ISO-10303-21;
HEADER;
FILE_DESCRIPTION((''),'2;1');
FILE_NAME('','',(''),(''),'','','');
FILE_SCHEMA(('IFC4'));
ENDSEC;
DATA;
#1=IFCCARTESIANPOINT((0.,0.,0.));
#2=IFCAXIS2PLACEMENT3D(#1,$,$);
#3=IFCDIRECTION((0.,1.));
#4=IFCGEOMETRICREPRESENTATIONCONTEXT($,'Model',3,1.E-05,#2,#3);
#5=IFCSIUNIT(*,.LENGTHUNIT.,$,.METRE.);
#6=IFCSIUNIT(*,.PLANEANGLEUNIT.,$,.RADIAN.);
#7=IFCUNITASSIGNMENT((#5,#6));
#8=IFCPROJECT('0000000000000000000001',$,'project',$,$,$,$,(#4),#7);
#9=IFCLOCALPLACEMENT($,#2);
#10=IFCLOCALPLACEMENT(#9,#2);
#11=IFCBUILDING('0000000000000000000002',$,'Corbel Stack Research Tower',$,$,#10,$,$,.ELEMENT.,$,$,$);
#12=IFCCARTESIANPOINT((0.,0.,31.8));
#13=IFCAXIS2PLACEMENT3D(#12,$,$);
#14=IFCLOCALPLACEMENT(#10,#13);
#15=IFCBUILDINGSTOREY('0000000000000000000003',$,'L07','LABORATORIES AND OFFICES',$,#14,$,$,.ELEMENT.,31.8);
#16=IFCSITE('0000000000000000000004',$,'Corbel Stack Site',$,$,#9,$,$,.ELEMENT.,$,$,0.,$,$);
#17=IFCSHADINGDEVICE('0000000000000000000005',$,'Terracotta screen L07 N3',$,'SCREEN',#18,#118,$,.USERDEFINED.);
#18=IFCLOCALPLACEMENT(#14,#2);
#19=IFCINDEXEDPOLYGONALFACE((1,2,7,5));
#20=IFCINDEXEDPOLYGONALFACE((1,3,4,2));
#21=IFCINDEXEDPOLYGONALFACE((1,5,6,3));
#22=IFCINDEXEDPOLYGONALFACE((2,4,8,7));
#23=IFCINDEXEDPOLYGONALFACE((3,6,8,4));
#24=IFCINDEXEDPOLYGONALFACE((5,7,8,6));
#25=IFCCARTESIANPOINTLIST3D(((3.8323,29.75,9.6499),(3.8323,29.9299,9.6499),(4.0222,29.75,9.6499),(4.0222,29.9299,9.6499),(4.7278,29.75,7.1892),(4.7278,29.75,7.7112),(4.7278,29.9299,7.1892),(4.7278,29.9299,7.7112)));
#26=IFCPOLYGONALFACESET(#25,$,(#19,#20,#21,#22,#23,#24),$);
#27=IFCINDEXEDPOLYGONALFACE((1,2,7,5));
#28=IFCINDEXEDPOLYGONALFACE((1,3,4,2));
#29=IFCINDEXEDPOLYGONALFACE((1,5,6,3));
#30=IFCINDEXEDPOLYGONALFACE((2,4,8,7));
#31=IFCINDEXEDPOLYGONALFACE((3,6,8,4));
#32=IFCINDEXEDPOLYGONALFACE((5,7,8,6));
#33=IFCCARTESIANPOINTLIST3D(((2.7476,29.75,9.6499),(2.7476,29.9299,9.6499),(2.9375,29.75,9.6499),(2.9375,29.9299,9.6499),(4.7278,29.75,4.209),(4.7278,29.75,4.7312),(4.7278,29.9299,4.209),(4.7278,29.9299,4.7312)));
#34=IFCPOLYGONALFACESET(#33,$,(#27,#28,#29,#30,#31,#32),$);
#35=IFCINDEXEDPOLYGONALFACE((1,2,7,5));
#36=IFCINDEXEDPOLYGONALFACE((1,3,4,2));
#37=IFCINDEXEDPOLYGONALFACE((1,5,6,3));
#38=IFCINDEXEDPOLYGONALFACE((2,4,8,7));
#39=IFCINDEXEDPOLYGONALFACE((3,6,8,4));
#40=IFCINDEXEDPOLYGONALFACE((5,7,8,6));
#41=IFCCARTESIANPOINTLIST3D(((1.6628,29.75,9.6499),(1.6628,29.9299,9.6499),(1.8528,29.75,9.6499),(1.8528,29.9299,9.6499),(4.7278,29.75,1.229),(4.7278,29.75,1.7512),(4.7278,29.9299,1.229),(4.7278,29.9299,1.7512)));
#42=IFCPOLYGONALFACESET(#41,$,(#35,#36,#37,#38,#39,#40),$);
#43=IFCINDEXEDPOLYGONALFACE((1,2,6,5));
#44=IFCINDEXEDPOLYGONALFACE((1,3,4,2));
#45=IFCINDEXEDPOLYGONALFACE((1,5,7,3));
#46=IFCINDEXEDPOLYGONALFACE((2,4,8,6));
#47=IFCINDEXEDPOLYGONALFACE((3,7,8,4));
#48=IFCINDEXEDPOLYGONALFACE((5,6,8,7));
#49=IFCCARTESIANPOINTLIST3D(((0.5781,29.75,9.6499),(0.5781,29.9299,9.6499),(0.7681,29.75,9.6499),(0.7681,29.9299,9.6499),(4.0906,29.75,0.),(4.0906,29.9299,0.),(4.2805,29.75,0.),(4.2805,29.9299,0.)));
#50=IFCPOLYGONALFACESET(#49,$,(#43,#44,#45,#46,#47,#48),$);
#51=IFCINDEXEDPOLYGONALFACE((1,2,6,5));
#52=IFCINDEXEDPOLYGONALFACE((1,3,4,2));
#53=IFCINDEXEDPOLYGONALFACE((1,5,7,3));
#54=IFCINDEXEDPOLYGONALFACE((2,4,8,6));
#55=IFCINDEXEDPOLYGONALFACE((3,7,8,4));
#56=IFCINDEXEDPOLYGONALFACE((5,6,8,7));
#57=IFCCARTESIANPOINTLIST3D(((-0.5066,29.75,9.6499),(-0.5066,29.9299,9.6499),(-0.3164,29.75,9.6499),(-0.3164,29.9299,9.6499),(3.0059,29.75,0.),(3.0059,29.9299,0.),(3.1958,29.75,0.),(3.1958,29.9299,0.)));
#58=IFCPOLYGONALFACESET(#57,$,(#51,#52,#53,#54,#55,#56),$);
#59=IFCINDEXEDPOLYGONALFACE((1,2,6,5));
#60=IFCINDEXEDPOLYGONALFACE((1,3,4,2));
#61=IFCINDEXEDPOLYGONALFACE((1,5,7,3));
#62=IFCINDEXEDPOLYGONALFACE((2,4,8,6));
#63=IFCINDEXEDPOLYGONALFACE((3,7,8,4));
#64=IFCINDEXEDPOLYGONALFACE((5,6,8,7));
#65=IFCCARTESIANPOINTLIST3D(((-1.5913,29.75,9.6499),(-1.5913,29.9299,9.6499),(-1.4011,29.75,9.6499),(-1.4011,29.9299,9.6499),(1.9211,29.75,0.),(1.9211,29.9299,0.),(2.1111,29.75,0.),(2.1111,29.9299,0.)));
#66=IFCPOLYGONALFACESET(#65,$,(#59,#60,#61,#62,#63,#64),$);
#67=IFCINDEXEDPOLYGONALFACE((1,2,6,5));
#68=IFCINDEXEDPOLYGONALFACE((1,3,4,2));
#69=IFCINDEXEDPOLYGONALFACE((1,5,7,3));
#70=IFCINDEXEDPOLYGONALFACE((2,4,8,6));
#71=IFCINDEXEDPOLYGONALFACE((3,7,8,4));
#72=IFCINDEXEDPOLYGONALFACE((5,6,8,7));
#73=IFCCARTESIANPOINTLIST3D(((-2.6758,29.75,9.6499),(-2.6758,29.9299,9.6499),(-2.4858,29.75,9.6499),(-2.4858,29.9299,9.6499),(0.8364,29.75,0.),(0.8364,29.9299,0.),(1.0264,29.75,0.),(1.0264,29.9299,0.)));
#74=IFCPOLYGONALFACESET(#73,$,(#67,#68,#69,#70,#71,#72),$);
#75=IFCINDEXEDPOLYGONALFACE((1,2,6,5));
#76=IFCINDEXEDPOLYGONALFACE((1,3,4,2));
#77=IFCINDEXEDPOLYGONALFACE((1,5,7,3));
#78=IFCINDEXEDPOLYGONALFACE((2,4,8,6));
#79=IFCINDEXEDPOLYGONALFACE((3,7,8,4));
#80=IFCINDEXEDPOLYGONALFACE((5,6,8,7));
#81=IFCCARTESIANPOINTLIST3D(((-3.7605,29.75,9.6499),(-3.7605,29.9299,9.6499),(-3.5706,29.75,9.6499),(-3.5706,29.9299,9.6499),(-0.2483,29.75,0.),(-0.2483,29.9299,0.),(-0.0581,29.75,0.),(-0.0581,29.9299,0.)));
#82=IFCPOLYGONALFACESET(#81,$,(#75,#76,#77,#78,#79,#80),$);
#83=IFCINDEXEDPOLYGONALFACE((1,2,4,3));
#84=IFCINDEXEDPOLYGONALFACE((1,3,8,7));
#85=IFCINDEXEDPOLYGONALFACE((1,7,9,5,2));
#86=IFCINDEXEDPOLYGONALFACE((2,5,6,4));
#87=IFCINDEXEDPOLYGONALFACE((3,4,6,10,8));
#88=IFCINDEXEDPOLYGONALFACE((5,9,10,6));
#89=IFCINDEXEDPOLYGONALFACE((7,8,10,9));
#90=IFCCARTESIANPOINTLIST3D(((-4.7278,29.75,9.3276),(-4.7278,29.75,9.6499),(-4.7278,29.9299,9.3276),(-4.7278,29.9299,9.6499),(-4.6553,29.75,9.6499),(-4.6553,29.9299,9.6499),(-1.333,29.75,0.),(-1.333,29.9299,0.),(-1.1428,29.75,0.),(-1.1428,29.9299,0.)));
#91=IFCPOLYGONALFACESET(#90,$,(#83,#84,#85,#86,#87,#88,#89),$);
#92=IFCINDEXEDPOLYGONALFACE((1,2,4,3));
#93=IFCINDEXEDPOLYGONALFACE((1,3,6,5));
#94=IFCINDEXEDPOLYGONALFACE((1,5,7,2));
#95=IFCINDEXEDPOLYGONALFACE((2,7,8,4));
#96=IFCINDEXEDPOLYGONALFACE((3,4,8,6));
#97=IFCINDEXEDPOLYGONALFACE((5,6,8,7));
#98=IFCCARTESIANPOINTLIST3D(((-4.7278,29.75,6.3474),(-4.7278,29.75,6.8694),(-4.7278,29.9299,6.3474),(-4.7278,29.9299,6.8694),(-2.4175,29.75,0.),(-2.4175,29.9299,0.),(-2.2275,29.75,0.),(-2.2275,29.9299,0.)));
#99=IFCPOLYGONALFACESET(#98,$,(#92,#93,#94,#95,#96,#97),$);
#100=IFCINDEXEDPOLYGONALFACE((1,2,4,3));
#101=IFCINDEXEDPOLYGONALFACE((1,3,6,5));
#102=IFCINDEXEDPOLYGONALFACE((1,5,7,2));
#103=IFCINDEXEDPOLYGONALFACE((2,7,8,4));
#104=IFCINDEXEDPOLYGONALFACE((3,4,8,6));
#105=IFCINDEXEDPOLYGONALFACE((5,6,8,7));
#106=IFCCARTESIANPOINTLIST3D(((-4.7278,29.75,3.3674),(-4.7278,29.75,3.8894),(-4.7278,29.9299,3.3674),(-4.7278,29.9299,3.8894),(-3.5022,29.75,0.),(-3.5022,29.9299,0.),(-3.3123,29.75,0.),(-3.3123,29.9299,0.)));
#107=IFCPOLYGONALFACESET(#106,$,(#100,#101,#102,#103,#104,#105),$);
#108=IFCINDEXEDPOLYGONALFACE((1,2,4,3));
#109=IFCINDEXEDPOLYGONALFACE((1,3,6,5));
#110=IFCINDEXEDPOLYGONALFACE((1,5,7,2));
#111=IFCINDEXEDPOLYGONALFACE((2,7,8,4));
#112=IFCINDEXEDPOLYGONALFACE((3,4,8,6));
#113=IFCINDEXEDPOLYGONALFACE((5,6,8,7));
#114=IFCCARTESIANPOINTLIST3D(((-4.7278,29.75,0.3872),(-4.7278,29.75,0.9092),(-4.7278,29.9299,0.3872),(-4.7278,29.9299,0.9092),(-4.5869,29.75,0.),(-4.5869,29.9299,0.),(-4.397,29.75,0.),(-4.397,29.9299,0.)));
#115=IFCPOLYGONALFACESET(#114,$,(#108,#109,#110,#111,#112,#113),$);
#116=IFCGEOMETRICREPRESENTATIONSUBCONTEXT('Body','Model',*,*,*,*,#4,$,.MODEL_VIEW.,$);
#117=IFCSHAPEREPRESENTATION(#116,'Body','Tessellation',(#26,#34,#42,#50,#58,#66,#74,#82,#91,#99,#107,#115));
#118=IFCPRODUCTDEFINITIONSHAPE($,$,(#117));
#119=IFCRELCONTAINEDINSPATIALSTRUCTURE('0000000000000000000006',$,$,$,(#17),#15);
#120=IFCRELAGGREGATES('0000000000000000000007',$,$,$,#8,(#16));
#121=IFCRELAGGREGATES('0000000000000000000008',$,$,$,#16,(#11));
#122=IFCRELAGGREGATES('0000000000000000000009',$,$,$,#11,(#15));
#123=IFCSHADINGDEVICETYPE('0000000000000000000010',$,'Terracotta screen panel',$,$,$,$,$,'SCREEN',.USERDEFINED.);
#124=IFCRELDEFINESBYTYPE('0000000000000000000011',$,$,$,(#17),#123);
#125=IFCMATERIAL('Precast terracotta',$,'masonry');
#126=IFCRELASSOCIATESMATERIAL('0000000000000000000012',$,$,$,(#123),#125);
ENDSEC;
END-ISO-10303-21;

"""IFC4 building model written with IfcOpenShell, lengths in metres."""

from ifc_helpers import new_model, si_unit, direction, frame, origin, place, context, subcontext, project, spatial, polyline, outline, extrude, source, transform, mapped, material, type_object, element, save


model = new_model("IFC4")

# Units and contexts
model_context = context("Model", 3, precision=1e-05, world=origin(), true_north=direction((0.0, 1.0)))
body_context = subcontext(model_context, "Body", "Model", "MODEL_VIEW")
ifc_project = project(units=[si_unit("LENGTHUNIT", "METRE"), si_unit("PLANEANGLEUNIT", "RADIAN")], contexts=[model_context])

# Site, building, storey
site_placement = place(None, origin())
site = spatial("IfcSite", under=ifc_project, at=site_placement, Name="Corbel Stack Site", CompositionType="ELEMENT", RefElevation=0.0)
building_placement = place(site_placement, origin())
building = spatial("IfcBuilding", under=site, at=building_placement, Name="Corbel Stack Research Tower", CompositionType="ELEMENT")
storey_placement = place(building_placement, frame((0.0, 0.0, 31.8)))
storey = spatial("IfcBuildingStorey", under=building, at=storey_placement, Name="L07", Description="LABORATORIES AND OFFICES", CompositionType="ELEMENT", Elevation=31.8)

# Shading device
ifc_material_1 = material(Name="Precast terracotta", Category="masonry")
shading_device_type = type_object("IfcShadingDeviceType", Name="Terracotta screen panel", ElementType="SCREEN", PredefinedType="USERDEFINED", material=ifc_material_1)
shared_shape_1 = source(origin(), body_context, "Body", "SweptSolid", [
    extrude(outline(polyline([(0.8955, 9.6499), (0.7056, 9.6499), (0.0, 7.7112), (0.0, 7.1892), (0.8955, 9.6499)])), frame((0.0, 0.0, 0.0), z_axis=(0.0, -1.0, 0.0), x_axis=(1.0, 0.0, 0.0)), (0.0, 0.0, 1.0), 0.1799),
    extrude(outline(polyline([(1.9802, 9.6499), (1.7903, 9.6499), (0.0, 4.7312), (0.0, 4.209), (1.9802, 9.6499)])), frame((0.0, 0.0, 0.0), z_axis=(0.0, -1.0, 0.0), x_axis=(1.0, 0.0, 0.0)), (0.0, 0.0, 1.0), 0.1799),
    extrude(outline(polyline([(3.0649, 9.6499), (2.875, 9.6499), (0.0, 1.7512), (0.0, 1.229), (3.0649, 9.6499)])), frame((0.0, 0.0, 0.0), z_axis=(0.0, -1.0, 0.0), x_axis=(1.0, 0.0, 0.0)), (0.0, 0.0, 1.0), 0.1799),
    extrude(outline(polyline([(0.6372, 0.0), (4.1497, 9.6499), (3.9597, 9.6499), (0.4473, 0.0), (0.6372, 0.0)])), frame((0.0, 0.0, 0.0), z_axis=(0.0, -1.0, 0.0), x_axis=(1.0, 0.0, 0.0)), (0.0, 0.0, 1.0), 0.1799),
    extrude(outline(polyline([(1.7219, 0.0), (5.2344, 9.6499), (5.0442, 9.6499), (1.532, 0.0), (1.7219, 0.0)])), frame((0.0, 0.0, 0.0), z_axis=(0.0, -1.0, 0.0), x_axis=(1.0, 0.0, 0.0)), (0.0, 0.0, 1.0), 0.1799),
    extrude(outline(polyline([(2.8066, 0.0), (6.3191, 9.6499), (6.1289, 9.6499), (2.6167, 0.0), (2.8066, 0.0)])), frame((0.0, 0.0, 0.0), z_axis=(0.0, -1.0, 0.0), x_axis=(1.0, 0.0, 0.0)), (0.0, 0.0, 1.0), 0.1799),
    extrude(outline(polyline([(3.8914, 0.0), (7.4036, 9.6499), (7.2136, 9.6499), (3.7014, 0.0), (3.8914, 0.0)])), frame((0.0, 0.0, 0.0), z_axis=(0.0, -1.0, 0.0), x_axis=(1.0, 0.0, 0.0)), (0.0, 0.0, 1.0), 0.1799),
    extrude(outline(polyline([(4.9761, 0.0), (8.4883, 9.6499), (8.2983, 9.6499), (4.7859, 0.0), (4.9761, 0.0)])), frame((0.0, 0.0, 0.0), z_axis=(0.0, -1.0, 0.0), x_axis=(1.0, 0.0, 0.0)), (0.0, 0.0, 1.0), 0.1799),
    extrude(outline(polyline([(6.0608, 0.0), (9.4556, 9.3276), (9.4556, 9.6499), (9.3831, 9.6499), (5.8706, 0.0), (6.0608, 0.0)])), frame((0.0, 0.0, 0.0), z_axis=(0.0, -1.0, 0.0), x_axis=(1.0, 0.0, 0.0)), (0.0, 0.0, 1.0), 0.1799),
    extrude(outline(polyline([(7.1453, 0.0), (9.4556, 6.3474), (9.4556, 6.8694), (6.9553, 0.0), (7.1453, 0.0)])), frame((0.0, 0.0, 0.0), z_axis=(0.0, -1.0, 0.0), x_axis=(1.0, 0.0, 0.0)), (0.0, 0.0, 1.0), 0.1799),
    extrude(outline(polyline([(8.23, 0.0), (9.4556, 3.3674), (9.4556, 3.8894), (8.04, 0.0), (8.23, 0.0)])), frame((0.0, 0.0, 0.0), z_axis=(0.0, -1.0, 0.0), x_axis=(1.0, 0.0, 0.0)), (0.0, 0.0, 1.0), 0.1799),
    extrude(outline(polyline([(9.3147, 0.0), (9.4556, 0.3872), (9.4556, 0.9092), (9.1248, 0.0), (9.3147, 0.0)])), frame((0.0, 0.0, 0.0), z_axis=(0.0, -1.0, 0.0), x_axis=(1.0, 0.0, 0.0)), (0.0, 0.0, 1.0), 0.1799),
])
shading_device_1_placement = place(storey_placement, frame((4.7278, 29.75, 0.0), z_axis=(0.0, 0.0, 1.0), x_axis=(-1.0, 0.0, 0.0)))
element("IfcShadingDevice", 1, at=shading_device_1_placement, inside=storey, type_object=shading_device_type, Name="Terracotta screen L07 N3", ObjectType="SCREEN", PredefinedType="USERDEFINED", context=body_context, shape_type="MappedRepresentation", body=[
    mapped(shared_shape_1, transform((0.0, 0.0, 0.0))),
])

save(model, "model.ifc")
